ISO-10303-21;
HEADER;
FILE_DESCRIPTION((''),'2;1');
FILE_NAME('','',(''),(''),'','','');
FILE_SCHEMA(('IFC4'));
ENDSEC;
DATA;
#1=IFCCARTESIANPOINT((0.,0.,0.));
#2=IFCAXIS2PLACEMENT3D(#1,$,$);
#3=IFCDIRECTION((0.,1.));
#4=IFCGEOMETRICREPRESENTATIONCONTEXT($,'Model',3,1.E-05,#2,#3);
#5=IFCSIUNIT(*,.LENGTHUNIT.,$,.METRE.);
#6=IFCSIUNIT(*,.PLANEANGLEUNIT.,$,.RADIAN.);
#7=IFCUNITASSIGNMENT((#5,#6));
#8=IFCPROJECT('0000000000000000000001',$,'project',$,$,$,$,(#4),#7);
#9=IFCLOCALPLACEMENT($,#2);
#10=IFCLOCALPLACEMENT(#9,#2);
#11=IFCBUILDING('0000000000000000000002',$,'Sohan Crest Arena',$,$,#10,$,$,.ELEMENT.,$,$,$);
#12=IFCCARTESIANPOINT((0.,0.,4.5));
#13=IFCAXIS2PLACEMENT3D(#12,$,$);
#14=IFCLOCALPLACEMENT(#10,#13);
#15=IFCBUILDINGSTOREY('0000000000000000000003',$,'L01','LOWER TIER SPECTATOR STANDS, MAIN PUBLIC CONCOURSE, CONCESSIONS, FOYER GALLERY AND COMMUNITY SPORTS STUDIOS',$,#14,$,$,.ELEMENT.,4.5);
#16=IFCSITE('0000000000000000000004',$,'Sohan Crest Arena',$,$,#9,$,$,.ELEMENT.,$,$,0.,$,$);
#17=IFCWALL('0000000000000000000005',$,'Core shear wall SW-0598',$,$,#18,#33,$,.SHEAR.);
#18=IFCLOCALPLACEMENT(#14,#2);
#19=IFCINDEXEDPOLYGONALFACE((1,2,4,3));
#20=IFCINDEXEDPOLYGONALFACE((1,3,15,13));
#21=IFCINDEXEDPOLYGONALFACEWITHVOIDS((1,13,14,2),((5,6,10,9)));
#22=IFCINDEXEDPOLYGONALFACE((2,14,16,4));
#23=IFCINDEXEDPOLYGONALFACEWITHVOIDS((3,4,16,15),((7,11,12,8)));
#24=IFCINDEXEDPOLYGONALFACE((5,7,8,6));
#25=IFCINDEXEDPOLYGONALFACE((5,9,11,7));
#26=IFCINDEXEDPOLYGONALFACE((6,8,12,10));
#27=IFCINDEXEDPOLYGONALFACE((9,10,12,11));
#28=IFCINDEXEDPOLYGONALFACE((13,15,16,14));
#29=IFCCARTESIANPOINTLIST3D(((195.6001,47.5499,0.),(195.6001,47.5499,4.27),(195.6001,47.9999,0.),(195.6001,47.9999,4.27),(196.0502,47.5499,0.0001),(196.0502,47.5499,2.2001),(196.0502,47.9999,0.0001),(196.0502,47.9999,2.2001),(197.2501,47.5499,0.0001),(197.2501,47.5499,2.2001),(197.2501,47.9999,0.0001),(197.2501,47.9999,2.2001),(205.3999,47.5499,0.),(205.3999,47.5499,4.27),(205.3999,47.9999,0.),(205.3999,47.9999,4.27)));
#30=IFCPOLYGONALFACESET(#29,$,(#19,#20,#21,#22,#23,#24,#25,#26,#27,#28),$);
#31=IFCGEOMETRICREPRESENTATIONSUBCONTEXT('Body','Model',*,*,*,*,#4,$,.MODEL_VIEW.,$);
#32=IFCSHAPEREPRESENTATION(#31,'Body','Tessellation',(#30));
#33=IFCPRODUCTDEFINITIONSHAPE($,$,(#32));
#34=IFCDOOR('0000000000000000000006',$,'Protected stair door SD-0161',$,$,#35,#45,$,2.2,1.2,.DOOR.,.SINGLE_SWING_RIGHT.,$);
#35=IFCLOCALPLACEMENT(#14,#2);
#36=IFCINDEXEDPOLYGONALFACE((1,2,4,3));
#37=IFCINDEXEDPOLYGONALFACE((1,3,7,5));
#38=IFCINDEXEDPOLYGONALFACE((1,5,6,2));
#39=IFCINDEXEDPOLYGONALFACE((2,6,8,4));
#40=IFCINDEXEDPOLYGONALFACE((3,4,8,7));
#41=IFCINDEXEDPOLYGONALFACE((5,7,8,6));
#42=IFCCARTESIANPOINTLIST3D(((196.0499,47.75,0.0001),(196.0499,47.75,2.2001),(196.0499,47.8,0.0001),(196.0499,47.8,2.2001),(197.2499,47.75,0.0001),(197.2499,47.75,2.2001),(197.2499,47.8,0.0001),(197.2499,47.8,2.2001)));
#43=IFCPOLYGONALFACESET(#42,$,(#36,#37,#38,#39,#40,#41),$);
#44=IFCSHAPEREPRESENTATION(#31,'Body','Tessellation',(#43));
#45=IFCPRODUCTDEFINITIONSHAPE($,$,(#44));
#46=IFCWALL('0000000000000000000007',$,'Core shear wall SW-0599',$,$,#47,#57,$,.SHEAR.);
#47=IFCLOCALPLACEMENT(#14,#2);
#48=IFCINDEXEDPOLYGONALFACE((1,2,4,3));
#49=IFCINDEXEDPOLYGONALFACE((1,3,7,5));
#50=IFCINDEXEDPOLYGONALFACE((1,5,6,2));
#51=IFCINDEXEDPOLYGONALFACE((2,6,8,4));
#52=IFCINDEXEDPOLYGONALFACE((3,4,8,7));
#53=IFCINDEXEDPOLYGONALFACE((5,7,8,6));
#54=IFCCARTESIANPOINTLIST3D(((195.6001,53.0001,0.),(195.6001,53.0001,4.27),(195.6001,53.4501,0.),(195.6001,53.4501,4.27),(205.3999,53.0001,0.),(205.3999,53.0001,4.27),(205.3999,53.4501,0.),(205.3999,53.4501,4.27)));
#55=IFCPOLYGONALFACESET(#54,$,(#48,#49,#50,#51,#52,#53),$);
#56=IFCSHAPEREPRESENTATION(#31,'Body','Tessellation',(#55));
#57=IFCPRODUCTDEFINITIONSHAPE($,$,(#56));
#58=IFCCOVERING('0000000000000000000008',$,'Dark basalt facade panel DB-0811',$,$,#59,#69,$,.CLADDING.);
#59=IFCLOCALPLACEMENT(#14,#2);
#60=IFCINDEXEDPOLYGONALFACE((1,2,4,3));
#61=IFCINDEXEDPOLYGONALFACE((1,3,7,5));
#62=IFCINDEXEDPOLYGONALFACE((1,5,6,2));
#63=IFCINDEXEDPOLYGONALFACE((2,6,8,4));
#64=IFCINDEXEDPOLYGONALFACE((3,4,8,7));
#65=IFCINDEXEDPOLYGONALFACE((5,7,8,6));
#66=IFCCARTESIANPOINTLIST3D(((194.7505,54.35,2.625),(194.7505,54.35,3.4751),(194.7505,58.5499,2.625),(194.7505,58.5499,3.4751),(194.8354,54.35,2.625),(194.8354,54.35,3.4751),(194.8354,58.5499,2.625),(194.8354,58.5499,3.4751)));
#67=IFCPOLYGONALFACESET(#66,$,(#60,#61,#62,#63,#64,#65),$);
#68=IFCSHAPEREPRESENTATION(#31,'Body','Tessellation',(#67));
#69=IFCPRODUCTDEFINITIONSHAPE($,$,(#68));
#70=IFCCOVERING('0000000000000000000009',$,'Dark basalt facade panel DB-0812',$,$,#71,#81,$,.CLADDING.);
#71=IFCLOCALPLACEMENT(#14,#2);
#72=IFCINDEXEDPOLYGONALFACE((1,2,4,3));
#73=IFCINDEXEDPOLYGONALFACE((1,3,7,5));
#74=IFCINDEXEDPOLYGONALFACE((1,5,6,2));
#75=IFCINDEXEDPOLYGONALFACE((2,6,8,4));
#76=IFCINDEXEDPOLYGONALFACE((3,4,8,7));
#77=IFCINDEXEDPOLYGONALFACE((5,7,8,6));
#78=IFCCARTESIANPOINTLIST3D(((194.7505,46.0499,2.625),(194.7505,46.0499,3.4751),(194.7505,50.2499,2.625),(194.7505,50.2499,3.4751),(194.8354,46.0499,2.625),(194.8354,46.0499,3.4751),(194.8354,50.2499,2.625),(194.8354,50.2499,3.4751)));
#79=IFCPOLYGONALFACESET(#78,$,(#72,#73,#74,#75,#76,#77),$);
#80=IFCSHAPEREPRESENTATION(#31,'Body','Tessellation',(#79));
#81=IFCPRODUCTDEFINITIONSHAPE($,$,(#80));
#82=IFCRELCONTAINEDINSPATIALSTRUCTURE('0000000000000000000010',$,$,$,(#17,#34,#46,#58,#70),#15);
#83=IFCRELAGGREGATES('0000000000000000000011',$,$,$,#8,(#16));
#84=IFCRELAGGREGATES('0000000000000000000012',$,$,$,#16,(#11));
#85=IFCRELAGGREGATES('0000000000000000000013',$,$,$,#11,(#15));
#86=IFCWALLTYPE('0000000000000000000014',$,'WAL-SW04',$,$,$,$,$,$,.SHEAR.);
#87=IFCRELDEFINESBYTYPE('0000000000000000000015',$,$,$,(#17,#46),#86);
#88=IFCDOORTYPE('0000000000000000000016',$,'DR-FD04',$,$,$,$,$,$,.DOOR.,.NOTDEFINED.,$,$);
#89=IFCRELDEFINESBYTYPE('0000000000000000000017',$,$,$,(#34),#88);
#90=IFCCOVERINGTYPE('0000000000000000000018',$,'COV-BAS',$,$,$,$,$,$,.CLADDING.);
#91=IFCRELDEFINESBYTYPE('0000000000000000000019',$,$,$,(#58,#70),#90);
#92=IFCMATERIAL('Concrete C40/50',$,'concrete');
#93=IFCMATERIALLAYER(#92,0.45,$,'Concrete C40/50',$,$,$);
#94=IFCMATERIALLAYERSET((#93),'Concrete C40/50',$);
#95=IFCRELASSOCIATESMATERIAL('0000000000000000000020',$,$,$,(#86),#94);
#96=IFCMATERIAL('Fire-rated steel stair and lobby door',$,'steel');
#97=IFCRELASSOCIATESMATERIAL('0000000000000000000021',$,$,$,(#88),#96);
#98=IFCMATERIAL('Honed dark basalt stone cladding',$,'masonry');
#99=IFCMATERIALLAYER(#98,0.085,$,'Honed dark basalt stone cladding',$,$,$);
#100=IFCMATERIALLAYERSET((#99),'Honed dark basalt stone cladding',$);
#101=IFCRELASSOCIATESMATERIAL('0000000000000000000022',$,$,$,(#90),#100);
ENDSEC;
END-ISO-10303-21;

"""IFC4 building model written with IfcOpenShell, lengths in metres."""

from ifc_helpers import new_model, si_unit, direction, frame, frame_2d, origin, origin_2d, place, context, subcontext, project, spatial, rectangle, extrude, material, layer, layer_set, type_object, element, fill, save


model = new_model("IFC4")

# Units and contexts
model_context = context("Model", 3, precision=1e-05, world=origin(), true_north=direction((0.0, 1.0)))
body_context = subcontext(model_context, "Body", "Model", "MODEL_VIEW")
ifc_project = project(units=[si_unit("LENGTHUNIT", "METRE"), si_unit("PLANEANGLEUNIT", "RADIAN")], contexts=[model_context])

# Site, building, storey
site_placement = place(None, origin())
site = spatial("IfcSite", under=ifc_project, at=site_placement, Name="Sohan Crest Arena", CompositionType="ELEMENT", RefElevation=0.0)
building_placement = place(site_placement, origin())
building = spatial("IfcBuilding", under=site, at=building_placement, Name="Sohan Crest Arena", CompositionType="ELEMENT")
storey_placement = place(building_placement, frame((0.0, 0.0, 4.5)))
storey = spatial("IfcBuildingStorey", under=building, at=storey_placement, Name="L01", Description="LOWER TIER SPECTATOR STANDS, MAIN PUBLIC CONCOURSE, CONCESSIONS, FOYER GALLERY AND COMMUNITY SPORTS STUDIOS", CompositionType="ELEMENT", Elevation=4.5)

# Shared definitions
ifc_material_1 = material(Name="Concrete C40/50", Category="concrete")

# Shared definitions
ifc_layer_1 = layer(ifc_material_1, 0.45, Name="Concrete C40/50")
ifc_layer_set_1 = layer_set([ifc_layer_1], Name="Concrete C40/50")
wall_type_1 = type_object("IfcWallType", Name="WAL-SW04", PredefinedType="SHEAR", material=ifc_layer_set_1)

# Wall, opening, door
wall_1_placement = place(storey_placement, frame((195.6001, 47.7749, 0.0), z_axis=(0.0, 0.0, 1.0), x_axis=(1.0, 0.0, 0.0)))
wall_1 = element("IfcWall", 1, at=wall_1_placement, inside=storey, type_object=wall_type_1, Name="Core shear wall SW-0598", PredefinedType="SHEAR", context=body_context, shape_type="SweptSolid", body=[
    extrude(rectangle(XDim=9.7998, YDim=0.45, at=frame_2d((4.8999, 0.0))), origin(), (0.0, 0.0, 1.0), 4.27),
])
opening_1_placement = place(wall_1_placement, frame((0.45, 0.0, 0.0)))
opening_1 = element("IfcOpeningElement", 2, at=opening_1_placement, cuts=wall_1, PredefinedType="OPENING", context=body_context, shape_type="SweptSolid", body=[
    extrude(rectangle(XDim=1.2, YDim=2.2, at=frame_2d((0.6001, 1.1001))), frame((0.0, 0.2349, 0.0), z_axis=(0.0, -1.0, 0.0), x_axis=(1.0, 0.0, 0.0)), (0.0, 0.0, 1.0), 0.47),
])
ifc_material_2 = material(Name="Fire-rated steel stair and lobby door", Category="steel")
door_type_1 = type_object("IfcDoorType", Name="DR-FD04", OperationType="NOTDEFINED", PredefinedType="DOOR", material=ifc_material_2)
door_1_placement = place(opening_1_placement, frame((1.2, 0.0, 0.0), z_axis=(0.0, 0.0, 1.0), x_axis=(-1.0, 0.0, 0.0)))
door_1 = element("IfcDoor", 3, at=door_1_placement, inside=storey, type_object=door_type_1, Name="Protected stair door SD-0161", OperationType="SINGLE_SWING_RIGHT", OverallHeight=2.2, OverallWidth=1.2, PredefinedType="DOOR", context=body_context, shape_type="SweptSolid", body=[
    extrude(rectangle(XDim=1.2, YDim=2.2, at=frame_2d((0.6001, 1.1001))), frame((0.0, 0.0249, 0.0), z_axis=(0.0, -1.0, 0.0), x_axis=(1.0, 0.0, 0.0)), (0.0, 0.0, 1.0), 0.05),
])
fill(opening_1, door_1)

# Wall
wall_2_placement = place(storey_placement, frame((195.6001, 53.2251, 0.0), z_axis=(0.0, 0.0, 1.0), x_axis=(1.0, 0.0, 0.0)))
element("IfcWall", 4, at=wall_2_placement, inside=storey, type_object=wall_type_1, Name="Core shear wall SW-0599", PredefinedType="SHEAR", context=body_context, shape_type="SweptSolid", body=[
    extrude(rectangle(XDim=9.7998, YDim=0.45, at=frame_2d((4.8999, 0.0))), origin(), (0.0, 0.0, 1.0), 4.27),
])

# Coverings
ifc_material_3 = material(Name="Honed dark basalt stone cladding", Category="masonry")
ifc_layer_2 = layer(ifc_material_3, 0.085, Name="Honed dark basalt stone cladding")
ifc_layer_set_2 = layer_set([ifc_layer_2], Name="Honed dark basalt stone cladding")
covering_type = type_object("IfcCoveringType", Name="COV-BAS", PredefinedType="CLADDING", material=ifc_layer_set_2)
for number, where, z_axis, x_axis, name in (
    (5, (194.793, 56.45, 2.625), (0.0, 0.0, 1.0), (0.0, -1.0, 0.0), "Dark basalt facade panel DB-0811"),
    (6, (194.793, 48.1499, 2.625), (0.0, 0.0, 1.0), (0.0, -1.0, 0.0), "Dark basalt facade panel DB-0812"),
):
    element("IfcCovering", number, at=place(storey_placement, frame(where, z_axis=z_axis, x_axis=x_axis)), inside=storey, type_object=covering_type, Name=name, PredefinedType="CLADDING", context=body_context, shape_type="SweptSolid", body=[
        extrude(rectangle(XDim=4.2, YDim=0.085, at=origin_2d()), origin(), (0.0, 0.0, 1.0), 0.8501),
    ])

save(model, "model.ifc")
